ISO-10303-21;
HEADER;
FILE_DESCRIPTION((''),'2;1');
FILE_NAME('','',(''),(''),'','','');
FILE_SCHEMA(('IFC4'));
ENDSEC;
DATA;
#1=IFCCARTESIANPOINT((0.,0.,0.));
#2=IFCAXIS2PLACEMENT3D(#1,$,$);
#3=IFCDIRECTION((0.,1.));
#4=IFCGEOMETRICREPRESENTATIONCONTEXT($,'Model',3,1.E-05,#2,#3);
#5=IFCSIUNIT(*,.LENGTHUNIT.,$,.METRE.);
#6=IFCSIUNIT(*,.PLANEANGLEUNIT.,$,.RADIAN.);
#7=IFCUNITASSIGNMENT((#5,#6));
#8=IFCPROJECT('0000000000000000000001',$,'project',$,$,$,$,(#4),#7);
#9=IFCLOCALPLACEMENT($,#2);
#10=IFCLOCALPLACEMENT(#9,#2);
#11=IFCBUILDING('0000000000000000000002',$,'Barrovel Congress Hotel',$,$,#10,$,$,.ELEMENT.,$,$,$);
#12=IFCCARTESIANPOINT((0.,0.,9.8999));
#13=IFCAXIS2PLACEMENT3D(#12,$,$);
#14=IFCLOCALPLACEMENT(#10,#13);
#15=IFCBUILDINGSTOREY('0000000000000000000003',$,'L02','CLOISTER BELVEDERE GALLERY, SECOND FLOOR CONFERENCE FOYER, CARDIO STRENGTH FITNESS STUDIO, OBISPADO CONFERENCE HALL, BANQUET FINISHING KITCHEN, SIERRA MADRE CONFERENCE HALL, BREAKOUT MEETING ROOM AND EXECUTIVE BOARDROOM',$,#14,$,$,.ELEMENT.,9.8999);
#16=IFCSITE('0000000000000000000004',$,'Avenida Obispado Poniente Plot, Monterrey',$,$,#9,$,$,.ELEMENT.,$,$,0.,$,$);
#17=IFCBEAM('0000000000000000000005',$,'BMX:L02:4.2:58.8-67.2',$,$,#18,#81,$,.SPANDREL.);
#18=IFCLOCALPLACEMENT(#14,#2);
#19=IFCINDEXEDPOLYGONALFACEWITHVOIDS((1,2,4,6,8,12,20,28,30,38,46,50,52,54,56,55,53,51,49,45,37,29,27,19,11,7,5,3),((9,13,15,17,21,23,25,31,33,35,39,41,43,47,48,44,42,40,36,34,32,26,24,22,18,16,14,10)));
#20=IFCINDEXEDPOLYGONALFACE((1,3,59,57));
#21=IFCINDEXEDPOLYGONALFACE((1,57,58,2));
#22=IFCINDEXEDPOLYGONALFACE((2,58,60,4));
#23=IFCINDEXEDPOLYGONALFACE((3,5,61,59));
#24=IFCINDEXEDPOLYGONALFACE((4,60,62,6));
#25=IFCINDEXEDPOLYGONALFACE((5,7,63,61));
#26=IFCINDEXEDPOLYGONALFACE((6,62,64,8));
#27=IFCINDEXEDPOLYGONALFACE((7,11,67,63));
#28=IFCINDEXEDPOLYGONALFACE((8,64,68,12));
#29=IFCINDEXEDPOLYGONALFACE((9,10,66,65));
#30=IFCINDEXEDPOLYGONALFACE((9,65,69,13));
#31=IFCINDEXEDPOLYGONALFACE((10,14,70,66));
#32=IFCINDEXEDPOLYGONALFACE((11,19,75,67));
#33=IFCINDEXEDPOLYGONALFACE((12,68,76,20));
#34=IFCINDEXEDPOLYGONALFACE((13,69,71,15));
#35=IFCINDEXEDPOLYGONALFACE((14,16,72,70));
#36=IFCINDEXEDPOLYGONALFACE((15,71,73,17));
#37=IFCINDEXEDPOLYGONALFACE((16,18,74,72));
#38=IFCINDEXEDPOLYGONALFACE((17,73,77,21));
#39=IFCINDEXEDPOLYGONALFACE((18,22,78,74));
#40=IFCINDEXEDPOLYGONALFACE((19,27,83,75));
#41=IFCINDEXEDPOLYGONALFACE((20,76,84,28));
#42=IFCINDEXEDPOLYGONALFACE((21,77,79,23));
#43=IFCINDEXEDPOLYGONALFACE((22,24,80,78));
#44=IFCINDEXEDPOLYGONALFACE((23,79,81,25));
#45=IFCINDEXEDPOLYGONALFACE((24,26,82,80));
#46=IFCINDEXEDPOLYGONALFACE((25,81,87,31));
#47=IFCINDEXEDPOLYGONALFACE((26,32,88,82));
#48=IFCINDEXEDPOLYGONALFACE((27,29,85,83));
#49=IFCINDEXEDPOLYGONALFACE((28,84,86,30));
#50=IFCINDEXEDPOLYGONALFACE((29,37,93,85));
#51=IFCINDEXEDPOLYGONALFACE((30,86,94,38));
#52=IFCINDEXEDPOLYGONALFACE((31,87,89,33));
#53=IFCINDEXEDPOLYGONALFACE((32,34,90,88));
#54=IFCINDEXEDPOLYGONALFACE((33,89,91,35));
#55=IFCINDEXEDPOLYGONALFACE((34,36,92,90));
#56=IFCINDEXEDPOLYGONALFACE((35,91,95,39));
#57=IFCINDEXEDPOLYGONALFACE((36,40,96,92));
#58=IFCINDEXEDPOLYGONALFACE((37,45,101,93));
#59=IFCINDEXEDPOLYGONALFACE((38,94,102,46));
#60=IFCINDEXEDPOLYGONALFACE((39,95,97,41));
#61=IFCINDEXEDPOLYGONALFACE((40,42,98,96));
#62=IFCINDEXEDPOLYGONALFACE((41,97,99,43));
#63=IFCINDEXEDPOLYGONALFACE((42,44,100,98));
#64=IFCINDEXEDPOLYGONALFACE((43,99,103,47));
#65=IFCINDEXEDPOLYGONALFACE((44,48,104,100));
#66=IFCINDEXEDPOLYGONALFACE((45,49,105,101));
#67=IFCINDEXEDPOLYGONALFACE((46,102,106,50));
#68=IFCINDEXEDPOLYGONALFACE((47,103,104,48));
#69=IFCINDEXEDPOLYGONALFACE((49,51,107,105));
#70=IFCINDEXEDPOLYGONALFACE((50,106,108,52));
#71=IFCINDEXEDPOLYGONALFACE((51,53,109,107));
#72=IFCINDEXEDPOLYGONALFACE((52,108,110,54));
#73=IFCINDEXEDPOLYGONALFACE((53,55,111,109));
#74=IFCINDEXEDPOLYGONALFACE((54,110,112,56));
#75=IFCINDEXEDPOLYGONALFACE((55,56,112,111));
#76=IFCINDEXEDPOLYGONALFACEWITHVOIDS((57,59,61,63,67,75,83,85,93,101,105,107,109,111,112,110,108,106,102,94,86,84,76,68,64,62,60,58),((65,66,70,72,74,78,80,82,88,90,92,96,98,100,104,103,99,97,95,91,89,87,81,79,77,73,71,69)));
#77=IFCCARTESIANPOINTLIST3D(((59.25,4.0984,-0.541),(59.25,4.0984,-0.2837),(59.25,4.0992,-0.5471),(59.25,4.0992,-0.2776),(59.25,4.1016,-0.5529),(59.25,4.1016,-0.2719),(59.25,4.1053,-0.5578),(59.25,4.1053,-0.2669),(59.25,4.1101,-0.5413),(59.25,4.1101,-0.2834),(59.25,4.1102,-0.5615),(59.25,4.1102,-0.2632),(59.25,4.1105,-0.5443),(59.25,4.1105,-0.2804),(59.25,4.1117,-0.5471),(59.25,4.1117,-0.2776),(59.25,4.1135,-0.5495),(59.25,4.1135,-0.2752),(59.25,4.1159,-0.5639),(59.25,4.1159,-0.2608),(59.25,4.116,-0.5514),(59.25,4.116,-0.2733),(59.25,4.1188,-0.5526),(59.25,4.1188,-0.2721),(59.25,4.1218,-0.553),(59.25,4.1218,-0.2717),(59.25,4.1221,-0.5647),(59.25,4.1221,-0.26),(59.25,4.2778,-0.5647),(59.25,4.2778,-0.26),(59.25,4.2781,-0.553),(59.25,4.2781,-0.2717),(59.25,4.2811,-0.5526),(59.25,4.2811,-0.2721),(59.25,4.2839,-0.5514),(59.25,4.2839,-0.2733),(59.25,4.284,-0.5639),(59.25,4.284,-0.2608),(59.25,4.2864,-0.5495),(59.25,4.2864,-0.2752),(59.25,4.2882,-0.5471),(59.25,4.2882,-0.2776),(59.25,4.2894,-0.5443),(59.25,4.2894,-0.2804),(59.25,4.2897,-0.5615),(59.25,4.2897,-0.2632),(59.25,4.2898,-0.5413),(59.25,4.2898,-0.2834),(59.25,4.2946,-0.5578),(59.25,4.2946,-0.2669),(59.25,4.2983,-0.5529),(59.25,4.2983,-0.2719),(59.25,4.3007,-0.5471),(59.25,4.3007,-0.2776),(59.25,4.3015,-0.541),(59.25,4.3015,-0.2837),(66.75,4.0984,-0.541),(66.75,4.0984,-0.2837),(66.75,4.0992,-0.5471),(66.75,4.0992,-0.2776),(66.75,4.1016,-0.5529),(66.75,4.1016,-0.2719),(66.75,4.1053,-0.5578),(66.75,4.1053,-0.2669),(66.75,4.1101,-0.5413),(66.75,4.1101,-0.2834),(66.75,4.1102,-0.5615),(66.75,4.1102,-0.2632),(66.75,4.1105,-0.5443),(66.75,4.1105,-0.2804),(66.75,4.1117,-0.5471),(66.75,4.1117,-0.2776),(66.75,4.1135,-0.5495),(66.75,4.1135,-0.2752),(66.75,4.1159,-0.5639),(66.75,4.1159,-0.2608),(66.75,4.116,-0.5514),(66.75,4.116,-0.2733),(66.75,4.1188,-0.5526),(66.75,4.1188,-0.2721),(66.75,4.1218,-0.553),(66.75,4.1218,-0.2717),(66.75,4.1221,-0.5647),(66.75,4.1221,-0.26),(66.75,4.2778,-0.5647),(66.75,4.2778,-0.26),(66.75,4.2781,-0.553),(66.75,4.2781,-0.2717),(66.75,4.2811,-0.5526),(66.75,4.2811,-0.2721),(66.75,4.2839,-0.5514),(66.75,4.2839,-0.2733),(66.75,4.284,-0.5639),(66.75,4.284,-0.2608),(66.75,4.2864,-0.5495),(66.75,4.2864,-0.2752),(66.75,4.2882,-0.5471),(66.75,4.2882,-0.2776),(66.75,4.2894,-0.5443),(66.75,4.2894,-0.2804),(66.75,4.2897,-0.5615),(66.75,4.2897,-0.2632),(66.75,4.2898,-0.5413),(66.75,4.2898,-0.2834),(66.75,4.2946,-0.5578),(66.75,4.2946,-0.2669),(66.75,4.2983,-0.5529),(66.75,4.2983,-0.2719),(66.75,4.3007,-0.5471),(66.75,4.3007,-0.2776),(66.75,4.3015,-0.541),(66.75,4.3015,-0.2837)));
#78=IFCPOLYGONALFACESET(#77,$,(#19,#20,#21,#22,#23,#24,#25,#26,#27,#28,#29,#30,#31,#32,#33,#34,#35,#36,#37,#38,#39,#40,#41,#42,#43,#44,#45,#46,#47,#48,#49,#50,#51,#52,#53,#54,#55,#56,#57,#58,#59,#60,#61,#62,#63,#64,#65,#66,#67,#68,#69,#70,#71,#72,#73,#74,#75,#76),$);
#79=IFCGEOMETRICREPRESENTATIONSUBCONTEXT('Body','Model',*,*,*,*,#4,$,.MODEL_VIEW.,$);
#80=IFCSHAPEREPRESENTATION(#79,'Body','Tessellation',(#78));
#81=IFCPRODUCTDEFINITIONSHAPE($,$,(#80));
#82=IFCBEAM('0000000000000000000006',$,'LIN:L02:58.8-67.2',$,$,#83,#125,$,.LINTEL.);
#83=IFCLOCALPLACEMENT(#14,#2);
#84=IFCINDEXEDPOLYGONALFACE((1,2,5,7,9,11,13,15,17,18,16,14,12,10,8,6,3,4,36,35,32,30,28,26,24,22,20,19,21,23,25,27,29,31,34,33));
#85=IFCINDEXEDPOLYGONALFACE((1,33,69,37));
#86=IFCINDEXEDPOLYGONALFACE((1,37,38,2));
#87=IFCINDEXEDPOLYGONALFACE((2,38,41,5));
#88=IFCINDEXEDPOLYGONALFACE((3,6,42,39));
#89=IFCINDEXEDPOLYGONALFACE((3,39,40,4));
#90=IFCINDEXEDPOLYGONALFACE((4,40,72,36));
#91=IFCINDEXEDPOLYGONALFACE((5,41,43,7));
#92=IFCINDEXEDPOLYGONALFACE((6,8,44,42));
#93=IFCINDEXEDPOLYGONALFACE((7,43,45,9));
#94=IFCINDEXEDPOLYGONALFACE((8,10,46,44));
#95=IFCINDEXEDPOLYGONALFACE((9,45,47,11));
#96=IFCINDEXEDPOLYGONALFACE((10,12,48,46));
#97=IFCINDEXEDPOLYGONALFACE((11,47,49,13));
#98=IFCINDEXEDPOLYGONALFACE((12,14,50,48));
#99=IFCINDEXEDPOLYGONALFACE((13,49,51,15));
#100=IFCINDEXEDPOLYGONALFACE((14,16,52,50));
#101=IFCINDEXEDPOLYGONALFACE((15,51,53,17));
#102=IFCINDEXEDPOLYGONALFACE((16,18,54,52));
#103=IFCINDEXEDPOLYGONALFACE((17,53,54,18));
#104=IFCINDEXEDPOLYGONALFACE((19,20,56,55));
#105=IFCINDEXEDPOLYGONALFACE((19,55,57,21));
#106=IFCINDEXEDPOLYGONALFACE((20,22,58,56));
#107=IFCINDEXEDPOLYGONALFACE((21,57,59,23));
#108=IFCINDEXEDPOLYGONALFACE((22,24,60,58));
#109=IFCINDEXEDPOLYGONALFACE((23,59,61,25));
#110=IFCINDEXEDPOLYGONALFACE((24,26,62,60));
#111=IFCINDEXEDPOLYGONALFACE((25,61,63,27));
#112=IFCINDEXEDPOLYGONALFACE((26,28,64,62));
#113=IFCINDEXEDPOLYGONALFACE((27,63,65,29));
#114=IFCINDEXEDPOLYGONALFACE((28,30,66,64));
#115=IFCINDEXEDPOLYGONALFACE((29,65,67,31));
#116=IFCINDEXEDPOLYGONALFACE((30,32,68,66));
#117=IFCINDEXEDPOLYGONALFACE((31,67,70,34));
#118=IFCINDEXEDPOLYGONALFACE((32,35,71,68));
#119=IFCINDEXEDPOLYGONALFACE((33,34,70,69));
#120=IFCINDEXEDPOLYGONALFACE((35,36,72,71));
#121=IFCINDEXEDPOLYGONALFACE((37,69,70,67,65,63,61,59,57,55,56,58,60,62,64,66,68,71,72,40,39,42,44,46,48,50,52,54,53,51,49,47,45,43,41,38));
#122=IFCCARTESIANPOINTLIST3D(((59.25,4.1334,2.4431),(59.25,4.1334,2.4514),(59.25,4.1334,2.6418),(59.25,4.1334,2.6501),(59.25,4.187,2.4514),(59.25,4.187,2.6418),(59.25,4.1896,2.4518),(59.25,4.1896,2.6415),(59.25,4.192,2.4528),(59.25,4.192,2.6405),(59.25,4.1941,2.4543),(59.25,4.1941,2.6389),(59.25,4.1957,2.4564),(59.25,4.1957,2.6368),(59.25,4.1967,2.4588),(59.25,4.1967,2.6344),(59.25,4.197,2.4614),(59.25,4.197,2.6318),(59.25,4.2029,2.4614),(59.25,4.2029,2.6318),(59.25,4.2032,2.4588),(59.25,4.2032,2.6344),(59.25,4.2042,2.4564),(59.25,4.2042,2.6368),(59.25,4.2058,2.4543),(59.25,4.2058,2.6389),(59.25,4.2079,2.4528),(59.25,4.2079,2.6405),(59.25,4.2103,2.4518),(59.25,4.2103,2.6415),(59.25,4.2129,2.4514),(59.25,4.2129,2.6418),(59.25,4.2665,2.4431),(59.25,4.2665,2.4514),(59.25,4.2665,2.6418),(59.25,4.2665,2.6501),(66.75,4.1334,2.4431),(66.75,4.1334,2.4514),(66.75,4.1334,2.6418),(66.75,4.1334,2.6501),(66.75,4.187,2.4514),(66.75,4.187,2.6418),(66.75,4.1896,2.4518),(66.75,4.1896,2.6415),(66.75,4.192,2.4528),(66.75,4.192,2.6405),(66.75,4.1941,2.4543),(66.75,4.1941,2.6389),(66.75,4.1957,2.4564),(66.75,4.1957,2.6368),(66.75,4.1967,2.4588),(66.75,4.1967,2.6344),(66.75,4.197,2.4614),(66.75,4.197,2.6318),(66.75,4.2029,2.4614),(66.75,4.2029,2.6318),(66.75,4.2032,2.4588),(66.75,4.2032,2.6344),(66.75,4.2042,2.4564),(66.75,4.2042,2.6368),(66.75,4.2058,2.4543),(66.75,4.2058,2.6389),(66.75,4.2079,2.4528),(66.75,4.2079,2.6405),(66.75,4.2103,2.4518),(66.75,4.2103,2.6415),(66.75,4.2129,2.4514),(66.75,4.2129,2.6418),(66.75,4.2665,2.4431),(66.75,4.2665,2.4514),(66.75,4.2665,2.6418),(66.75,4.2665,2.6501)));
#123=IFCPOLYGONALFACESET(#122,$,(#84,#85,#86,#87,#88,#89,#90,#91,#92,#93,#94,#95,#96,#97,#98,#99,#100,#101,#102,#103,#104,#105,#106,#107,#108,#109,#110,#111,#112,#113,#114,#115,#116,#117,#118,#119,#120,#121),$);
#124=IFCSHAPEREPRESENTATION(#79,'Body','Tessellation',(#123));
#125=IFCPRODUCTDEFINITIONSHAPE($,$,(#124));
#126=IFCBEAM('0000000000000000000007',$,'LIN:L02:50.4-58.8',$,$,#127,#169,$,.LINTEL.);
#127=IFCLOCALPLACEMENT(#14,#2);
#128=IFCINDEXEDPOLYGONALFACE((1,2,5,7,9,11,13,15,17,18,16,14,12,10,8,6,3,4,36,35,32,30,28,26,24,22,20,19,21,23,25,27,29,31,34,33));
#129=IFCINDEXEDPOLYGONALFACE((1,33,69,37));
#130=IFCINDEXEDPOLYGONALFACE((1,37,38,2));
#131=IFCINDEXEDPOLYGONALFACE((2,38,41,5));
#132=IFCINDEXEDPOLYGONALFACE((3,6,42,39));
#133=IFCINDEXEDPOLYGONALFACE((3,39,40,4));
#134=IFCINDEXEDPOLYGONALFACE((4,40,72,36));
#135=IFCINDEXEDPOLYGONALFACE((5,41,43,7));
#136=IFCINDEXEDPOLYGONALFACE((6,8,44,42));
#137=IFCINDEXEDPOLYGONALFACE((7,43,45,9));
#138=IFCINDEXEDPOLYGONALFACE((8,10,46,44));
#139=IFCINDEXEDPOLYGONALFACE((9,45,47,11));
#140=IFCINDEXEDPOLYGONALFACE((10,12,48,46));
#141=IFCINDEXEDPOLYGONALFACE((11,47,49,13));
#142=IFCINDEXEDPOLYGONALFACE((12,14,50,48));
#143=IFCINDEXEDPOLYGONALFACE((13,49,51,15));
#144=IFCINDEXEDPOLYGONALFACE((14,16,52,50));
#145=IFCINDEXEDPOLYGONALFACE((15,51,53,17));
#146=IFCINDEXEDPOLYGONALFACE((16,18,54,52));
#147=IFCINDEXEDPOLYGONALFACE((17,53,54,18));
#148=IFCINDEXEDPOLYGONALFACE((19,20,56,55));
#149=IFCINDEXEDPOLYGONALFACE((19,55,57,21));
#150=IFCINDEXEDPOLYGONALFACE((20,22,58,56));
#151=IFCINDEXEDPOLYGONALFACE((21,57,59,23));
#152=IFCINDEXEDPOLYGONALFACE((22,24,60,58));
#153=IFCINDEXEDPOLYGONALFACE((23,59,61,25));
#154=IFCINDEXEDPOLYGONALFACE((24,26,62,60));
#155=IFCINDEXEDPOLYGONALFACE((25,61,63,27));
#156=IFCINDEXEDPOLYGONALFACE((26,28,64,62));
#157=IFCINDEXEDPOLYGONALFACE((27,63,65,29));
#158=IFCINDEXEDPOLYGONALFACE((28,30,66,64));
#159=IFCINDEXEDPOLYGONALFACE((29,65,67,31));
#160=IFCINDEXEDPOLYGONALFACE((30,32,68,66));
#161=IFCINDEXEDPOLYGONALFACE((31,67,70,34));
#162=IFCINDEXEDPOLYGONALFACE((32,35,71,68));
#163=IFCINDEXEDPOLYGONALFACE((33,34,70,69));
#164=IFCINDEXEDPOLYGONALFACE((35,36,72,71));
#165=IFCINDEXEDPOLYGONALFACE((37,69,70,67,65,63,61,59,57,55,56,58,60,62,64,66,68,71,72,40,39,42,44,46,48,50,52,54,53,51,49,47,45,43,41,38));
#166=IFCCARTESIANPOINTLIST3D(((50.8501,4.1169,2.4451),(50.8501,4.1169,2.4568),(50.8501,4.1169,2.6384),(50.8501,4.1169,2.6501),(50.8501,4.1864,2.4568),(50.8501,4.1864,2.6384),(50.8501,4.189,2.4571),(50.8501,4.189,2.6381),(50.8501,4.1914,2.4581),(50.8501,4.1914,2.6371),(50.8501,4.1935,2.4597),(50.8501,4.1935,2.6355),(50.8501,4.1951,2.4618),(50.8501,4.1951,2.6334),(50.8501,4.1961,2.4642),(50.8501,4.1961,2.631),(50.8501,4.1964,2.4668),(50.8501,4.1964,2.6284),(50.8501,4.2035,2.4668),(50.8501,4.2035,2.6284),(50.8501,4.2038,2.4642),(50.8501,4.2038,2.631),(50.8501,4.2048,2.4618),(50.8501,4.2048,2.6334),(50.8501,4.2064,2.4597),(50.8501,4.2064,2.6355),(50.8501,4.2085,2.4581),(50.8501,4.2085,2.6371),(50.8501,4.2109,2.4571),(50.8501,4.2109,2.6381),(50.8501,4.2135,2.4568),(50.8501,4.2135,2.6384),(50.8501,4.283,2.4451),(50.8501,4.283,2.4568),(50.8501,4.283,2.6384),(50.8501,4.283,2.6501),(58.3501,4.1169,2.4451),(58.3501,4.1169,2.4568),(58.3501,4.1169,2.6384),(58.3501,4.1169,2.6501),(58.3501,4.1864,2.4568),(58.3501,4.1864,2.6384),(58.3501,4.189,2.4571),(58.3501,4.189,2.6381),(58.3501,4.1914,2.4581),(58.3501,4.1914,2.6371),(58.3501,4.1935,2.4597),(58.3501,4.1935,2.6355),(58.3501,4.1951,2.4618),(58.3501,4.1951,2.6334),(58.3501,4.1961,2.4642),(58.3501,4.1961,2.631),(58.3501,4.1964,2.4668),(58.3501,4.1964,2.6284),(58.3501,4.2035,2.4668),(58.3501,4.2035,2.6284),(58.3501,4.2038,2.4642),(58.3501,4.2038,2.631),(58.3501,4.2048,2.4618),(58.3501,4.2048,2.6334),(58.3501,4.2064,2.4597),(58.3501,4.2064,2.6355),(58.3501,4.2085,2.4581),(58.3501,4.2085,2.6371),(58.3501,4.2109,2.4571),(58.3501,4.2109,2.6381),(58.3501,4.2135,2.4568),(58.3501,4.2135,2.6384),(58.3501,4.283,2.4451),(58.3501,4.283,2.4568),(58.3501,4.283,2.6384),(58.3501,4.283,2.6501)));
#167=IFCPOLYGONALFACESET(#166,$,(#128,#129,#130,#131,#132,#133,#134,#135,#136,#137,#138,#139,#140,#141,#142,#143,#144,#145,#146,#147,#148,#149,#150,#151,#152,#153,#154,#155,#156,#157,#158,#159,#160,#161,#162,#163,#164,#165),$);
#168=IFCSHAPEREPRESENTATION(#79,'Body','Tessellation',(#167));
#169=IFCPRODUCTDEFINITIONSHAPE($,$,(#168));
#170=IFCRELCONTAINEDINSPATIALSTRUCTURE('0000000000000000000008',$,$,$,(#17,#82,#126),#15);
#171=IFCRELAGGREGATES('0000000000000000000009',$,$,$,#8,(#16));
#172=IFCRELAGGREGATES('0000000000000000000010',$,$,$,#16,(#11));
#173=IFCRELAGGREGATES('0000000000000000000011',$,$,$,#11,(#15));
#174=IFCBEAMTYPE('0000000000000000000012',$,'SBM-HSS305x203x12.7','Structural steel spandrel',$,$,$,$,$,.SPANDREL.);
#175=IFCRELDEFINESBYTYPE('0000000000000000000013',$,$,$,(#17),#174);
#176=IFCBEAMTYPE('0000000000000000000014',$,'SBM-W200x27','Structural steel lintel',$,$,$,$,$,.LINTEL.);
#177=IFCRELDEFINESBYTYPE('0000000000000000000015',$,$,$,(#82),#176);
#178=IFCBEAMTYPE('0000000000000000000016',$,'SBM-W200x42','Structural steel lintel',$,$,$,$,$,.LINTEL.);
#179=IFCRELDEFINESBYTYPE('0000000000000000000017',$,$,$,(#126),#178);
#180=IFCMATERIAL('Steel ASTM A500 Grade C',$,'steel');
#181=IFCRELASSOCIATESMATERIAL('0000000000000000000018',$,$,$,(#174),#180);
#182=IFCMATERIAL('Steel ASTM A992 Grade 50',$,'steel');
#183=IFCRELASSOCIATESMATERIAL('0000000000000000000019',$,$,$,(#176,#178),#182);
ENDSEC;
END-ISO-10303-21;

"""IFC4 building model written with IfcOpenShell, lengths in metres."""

from ifc_helpers import new_model, si_unit, direction, frame, origin, origin_2d, place, context, subcontext, project, spatial, hollow_rectangle, i_section, extrude, material, material_profile, profile_set, type_object, element, save


model = new_model("IFC4")

# Units and contexts
model_context = context("Model", 3, precision=1e-05, world=origin(), true_north=direction((0.0, 1.0)))
body_context = subcontext(model_context, "Body", "Model", "MODEL_VIEW")
ifc_project = project(units=[si_unit("LENGTHUNIT", "METRE"), si_unit("PLANEANGLEUNIT", "RADIAN")], contexts=[model_context])

# Site, building, storey
site_placement = place(None, origin())
site = spatial("IfcSite", under=ifc_project, at=site_placement, Name="Avenida Obispado Poniente Plot, Monterrey", CompositionType="ELEMENT", RefElevation=0.0)
building_placement = place(site_placement, origin())
building = spatial("IfcBuilding", under=site, at=building_placement, Name="Barrovel Congress Hotel", CompositionType="ELEMENT")
storey_placement = place(building_placement, frame((0.0, 0.0, 9.8999)))
storey = spatial("IfcBuildingStorey", under=building, at=storey_placement, Name="L02", Description="CLOISTER BELVEDERE GALLERY, SECOND FLOOR CONFERENCE FOYER, CARDIO STRENGTH FITNESS STUDIO, OBISPADO CONFERENCE HALL, BANQUET FINISHING KITCHEN, SIERRA MADRE CONFERENCE HALL, BREAKOUT MEETING ROOM AND EXECUTIVE BOARDROOM", CompositionType="ELEMENT", Elevation=9.8999)

# Beams
ifc_material_1 = material(Name="Steel ASTM A500 Grade C", Category="steel")
ifc_material_profile_1 = material_profile(ifc_material_1, hollow_rectangle(XDim=0.2031, YDim=0.3047, WallThickness=0.0117, InnerFilletRadius=0.0117, OuterFilletRadius=0.0237, at=origin_2d()), Name="HSS305x203x12.7")
ifc_profile_set_1 = profile_set([ifc_material_profile_1], Name="Steel ASTM A500 Grade C")
beam_type_1 = type_object("IfcBeamType", Name="SBM-HSS305x203x12.7", Description="Structural steel spandrel", PredefinedType="SPANDREL", material=ifc_profile_set_1)
beam_1_placement = place(storey_placement, frame((59.25, 4.2, -0.4124), z_axis=(1.0, 0.0, 0.0), x_axis=(0.0, 1.0, 0.0)))
element("IfcBeam", 1, at=beam_1_placement, inside=storey, type_object=beam_type_1, Name="BMX:L02:4.2:58.8-67.2", PredefinedType="SPANDREL", context=body_context, shape_type="SweptSolid", body=[
    extrude(hollow_rectangle(XDim=0.2031, YDim=0.3047, WallThickness=0.0117, InnerFilletRadius=0.0117, OuterFilletRadius=0.0237, at=origin_2d()), origin(), (0.0, 0.0, 1.0), 7.5),
])
ifc_material_2 = material(Name="Steel ASTM A992 Grade 50", Category="steel")
ifc_material_profile_2 = material_profile(ifc_material_2, i_section(OverallWidth=0.1331, OverallDepth=0.207, WebThickness=0.0059, FlangeThickness=0.0083, FilletRadius=0.01, at=origin_2d()), Name="W200x27")
ifc_profile_set_2 = profile_set([ifc_material_profile_2], Name="Steel ASTM A992 Grade 50")
beam_type_2 = type_object("IfcBeamType", Name="SBM-W200x27", Description="Structural steel lintel", PredefinedType="LINTEL", material=ifc_profile_set_2)
beam_2_placement = place(storey_placement, frame((59.25, 4.2, 2.5466), z_axis=(1.0, 0.0, 0.0), x_axis=(0.0, 1.0, 0.0)))
element("IfcBeam", 2, at=beam_2_placement, inside=storey, type_object=beam_type_2, Name="LIN:L02:58.8-67.2", PredefinedType="LINTEL", context=body_context, shape_type="SweptSolid", body=[
    extrude(i_section(OverallWidth=0.1331, OverallDepth=0.207, WebThickness=0.0059, FlangeThickness=0.0083, FilletRadius=0.01, at=origin_2d()), origin(), (0.0, 0.0, 1.0), 7.5),
])
ifc_material_profile_3 = material_profile(ifc_material_2, i_section(OverallWidth=0.166, OverallDepth=0.2051, WebThickness=0.0071, FlangeThickness=0.0117, FilletRadius=0.01, at=origin_2d()), Name="W200x42")
ifc_profile_set_3 = profile_set([ifc_material_profile_3], Name="Steel ASTM A992 Grade 50")
beam_type_3 = type_object("IfcBeamType", Name="SBM-W200x42", Description="Structural steel lintel", PredefinedType="LINTEL", material=ifc_profile_set_3)
beam_3_placement = place(storey_placement, frame((50.8501, 4.2, 2.5476), z_axis=(1.0, 0.0, 0.0), x_axis=(0.0, 1.0, 0.0)))
element("IfcBeam", 3, at=beam_3_placement, inside=storey, type_object=beam_type_3, Name="LIN:L02:50.4-58.8", PredefinedType="LINTEL", context=body_context, shape_type="SweptSolid", body=[
    extrude(i_section(OverallWidth=0.166, OverallDepth=0.2051, WebThickness=0.0071, FlangeThickness=0.0117, FilletRadius=0.01, at=origin_2d()), origin(), (0.0, 0.0, 1.0), 7.5),
])

save(model, "model.ifc")
